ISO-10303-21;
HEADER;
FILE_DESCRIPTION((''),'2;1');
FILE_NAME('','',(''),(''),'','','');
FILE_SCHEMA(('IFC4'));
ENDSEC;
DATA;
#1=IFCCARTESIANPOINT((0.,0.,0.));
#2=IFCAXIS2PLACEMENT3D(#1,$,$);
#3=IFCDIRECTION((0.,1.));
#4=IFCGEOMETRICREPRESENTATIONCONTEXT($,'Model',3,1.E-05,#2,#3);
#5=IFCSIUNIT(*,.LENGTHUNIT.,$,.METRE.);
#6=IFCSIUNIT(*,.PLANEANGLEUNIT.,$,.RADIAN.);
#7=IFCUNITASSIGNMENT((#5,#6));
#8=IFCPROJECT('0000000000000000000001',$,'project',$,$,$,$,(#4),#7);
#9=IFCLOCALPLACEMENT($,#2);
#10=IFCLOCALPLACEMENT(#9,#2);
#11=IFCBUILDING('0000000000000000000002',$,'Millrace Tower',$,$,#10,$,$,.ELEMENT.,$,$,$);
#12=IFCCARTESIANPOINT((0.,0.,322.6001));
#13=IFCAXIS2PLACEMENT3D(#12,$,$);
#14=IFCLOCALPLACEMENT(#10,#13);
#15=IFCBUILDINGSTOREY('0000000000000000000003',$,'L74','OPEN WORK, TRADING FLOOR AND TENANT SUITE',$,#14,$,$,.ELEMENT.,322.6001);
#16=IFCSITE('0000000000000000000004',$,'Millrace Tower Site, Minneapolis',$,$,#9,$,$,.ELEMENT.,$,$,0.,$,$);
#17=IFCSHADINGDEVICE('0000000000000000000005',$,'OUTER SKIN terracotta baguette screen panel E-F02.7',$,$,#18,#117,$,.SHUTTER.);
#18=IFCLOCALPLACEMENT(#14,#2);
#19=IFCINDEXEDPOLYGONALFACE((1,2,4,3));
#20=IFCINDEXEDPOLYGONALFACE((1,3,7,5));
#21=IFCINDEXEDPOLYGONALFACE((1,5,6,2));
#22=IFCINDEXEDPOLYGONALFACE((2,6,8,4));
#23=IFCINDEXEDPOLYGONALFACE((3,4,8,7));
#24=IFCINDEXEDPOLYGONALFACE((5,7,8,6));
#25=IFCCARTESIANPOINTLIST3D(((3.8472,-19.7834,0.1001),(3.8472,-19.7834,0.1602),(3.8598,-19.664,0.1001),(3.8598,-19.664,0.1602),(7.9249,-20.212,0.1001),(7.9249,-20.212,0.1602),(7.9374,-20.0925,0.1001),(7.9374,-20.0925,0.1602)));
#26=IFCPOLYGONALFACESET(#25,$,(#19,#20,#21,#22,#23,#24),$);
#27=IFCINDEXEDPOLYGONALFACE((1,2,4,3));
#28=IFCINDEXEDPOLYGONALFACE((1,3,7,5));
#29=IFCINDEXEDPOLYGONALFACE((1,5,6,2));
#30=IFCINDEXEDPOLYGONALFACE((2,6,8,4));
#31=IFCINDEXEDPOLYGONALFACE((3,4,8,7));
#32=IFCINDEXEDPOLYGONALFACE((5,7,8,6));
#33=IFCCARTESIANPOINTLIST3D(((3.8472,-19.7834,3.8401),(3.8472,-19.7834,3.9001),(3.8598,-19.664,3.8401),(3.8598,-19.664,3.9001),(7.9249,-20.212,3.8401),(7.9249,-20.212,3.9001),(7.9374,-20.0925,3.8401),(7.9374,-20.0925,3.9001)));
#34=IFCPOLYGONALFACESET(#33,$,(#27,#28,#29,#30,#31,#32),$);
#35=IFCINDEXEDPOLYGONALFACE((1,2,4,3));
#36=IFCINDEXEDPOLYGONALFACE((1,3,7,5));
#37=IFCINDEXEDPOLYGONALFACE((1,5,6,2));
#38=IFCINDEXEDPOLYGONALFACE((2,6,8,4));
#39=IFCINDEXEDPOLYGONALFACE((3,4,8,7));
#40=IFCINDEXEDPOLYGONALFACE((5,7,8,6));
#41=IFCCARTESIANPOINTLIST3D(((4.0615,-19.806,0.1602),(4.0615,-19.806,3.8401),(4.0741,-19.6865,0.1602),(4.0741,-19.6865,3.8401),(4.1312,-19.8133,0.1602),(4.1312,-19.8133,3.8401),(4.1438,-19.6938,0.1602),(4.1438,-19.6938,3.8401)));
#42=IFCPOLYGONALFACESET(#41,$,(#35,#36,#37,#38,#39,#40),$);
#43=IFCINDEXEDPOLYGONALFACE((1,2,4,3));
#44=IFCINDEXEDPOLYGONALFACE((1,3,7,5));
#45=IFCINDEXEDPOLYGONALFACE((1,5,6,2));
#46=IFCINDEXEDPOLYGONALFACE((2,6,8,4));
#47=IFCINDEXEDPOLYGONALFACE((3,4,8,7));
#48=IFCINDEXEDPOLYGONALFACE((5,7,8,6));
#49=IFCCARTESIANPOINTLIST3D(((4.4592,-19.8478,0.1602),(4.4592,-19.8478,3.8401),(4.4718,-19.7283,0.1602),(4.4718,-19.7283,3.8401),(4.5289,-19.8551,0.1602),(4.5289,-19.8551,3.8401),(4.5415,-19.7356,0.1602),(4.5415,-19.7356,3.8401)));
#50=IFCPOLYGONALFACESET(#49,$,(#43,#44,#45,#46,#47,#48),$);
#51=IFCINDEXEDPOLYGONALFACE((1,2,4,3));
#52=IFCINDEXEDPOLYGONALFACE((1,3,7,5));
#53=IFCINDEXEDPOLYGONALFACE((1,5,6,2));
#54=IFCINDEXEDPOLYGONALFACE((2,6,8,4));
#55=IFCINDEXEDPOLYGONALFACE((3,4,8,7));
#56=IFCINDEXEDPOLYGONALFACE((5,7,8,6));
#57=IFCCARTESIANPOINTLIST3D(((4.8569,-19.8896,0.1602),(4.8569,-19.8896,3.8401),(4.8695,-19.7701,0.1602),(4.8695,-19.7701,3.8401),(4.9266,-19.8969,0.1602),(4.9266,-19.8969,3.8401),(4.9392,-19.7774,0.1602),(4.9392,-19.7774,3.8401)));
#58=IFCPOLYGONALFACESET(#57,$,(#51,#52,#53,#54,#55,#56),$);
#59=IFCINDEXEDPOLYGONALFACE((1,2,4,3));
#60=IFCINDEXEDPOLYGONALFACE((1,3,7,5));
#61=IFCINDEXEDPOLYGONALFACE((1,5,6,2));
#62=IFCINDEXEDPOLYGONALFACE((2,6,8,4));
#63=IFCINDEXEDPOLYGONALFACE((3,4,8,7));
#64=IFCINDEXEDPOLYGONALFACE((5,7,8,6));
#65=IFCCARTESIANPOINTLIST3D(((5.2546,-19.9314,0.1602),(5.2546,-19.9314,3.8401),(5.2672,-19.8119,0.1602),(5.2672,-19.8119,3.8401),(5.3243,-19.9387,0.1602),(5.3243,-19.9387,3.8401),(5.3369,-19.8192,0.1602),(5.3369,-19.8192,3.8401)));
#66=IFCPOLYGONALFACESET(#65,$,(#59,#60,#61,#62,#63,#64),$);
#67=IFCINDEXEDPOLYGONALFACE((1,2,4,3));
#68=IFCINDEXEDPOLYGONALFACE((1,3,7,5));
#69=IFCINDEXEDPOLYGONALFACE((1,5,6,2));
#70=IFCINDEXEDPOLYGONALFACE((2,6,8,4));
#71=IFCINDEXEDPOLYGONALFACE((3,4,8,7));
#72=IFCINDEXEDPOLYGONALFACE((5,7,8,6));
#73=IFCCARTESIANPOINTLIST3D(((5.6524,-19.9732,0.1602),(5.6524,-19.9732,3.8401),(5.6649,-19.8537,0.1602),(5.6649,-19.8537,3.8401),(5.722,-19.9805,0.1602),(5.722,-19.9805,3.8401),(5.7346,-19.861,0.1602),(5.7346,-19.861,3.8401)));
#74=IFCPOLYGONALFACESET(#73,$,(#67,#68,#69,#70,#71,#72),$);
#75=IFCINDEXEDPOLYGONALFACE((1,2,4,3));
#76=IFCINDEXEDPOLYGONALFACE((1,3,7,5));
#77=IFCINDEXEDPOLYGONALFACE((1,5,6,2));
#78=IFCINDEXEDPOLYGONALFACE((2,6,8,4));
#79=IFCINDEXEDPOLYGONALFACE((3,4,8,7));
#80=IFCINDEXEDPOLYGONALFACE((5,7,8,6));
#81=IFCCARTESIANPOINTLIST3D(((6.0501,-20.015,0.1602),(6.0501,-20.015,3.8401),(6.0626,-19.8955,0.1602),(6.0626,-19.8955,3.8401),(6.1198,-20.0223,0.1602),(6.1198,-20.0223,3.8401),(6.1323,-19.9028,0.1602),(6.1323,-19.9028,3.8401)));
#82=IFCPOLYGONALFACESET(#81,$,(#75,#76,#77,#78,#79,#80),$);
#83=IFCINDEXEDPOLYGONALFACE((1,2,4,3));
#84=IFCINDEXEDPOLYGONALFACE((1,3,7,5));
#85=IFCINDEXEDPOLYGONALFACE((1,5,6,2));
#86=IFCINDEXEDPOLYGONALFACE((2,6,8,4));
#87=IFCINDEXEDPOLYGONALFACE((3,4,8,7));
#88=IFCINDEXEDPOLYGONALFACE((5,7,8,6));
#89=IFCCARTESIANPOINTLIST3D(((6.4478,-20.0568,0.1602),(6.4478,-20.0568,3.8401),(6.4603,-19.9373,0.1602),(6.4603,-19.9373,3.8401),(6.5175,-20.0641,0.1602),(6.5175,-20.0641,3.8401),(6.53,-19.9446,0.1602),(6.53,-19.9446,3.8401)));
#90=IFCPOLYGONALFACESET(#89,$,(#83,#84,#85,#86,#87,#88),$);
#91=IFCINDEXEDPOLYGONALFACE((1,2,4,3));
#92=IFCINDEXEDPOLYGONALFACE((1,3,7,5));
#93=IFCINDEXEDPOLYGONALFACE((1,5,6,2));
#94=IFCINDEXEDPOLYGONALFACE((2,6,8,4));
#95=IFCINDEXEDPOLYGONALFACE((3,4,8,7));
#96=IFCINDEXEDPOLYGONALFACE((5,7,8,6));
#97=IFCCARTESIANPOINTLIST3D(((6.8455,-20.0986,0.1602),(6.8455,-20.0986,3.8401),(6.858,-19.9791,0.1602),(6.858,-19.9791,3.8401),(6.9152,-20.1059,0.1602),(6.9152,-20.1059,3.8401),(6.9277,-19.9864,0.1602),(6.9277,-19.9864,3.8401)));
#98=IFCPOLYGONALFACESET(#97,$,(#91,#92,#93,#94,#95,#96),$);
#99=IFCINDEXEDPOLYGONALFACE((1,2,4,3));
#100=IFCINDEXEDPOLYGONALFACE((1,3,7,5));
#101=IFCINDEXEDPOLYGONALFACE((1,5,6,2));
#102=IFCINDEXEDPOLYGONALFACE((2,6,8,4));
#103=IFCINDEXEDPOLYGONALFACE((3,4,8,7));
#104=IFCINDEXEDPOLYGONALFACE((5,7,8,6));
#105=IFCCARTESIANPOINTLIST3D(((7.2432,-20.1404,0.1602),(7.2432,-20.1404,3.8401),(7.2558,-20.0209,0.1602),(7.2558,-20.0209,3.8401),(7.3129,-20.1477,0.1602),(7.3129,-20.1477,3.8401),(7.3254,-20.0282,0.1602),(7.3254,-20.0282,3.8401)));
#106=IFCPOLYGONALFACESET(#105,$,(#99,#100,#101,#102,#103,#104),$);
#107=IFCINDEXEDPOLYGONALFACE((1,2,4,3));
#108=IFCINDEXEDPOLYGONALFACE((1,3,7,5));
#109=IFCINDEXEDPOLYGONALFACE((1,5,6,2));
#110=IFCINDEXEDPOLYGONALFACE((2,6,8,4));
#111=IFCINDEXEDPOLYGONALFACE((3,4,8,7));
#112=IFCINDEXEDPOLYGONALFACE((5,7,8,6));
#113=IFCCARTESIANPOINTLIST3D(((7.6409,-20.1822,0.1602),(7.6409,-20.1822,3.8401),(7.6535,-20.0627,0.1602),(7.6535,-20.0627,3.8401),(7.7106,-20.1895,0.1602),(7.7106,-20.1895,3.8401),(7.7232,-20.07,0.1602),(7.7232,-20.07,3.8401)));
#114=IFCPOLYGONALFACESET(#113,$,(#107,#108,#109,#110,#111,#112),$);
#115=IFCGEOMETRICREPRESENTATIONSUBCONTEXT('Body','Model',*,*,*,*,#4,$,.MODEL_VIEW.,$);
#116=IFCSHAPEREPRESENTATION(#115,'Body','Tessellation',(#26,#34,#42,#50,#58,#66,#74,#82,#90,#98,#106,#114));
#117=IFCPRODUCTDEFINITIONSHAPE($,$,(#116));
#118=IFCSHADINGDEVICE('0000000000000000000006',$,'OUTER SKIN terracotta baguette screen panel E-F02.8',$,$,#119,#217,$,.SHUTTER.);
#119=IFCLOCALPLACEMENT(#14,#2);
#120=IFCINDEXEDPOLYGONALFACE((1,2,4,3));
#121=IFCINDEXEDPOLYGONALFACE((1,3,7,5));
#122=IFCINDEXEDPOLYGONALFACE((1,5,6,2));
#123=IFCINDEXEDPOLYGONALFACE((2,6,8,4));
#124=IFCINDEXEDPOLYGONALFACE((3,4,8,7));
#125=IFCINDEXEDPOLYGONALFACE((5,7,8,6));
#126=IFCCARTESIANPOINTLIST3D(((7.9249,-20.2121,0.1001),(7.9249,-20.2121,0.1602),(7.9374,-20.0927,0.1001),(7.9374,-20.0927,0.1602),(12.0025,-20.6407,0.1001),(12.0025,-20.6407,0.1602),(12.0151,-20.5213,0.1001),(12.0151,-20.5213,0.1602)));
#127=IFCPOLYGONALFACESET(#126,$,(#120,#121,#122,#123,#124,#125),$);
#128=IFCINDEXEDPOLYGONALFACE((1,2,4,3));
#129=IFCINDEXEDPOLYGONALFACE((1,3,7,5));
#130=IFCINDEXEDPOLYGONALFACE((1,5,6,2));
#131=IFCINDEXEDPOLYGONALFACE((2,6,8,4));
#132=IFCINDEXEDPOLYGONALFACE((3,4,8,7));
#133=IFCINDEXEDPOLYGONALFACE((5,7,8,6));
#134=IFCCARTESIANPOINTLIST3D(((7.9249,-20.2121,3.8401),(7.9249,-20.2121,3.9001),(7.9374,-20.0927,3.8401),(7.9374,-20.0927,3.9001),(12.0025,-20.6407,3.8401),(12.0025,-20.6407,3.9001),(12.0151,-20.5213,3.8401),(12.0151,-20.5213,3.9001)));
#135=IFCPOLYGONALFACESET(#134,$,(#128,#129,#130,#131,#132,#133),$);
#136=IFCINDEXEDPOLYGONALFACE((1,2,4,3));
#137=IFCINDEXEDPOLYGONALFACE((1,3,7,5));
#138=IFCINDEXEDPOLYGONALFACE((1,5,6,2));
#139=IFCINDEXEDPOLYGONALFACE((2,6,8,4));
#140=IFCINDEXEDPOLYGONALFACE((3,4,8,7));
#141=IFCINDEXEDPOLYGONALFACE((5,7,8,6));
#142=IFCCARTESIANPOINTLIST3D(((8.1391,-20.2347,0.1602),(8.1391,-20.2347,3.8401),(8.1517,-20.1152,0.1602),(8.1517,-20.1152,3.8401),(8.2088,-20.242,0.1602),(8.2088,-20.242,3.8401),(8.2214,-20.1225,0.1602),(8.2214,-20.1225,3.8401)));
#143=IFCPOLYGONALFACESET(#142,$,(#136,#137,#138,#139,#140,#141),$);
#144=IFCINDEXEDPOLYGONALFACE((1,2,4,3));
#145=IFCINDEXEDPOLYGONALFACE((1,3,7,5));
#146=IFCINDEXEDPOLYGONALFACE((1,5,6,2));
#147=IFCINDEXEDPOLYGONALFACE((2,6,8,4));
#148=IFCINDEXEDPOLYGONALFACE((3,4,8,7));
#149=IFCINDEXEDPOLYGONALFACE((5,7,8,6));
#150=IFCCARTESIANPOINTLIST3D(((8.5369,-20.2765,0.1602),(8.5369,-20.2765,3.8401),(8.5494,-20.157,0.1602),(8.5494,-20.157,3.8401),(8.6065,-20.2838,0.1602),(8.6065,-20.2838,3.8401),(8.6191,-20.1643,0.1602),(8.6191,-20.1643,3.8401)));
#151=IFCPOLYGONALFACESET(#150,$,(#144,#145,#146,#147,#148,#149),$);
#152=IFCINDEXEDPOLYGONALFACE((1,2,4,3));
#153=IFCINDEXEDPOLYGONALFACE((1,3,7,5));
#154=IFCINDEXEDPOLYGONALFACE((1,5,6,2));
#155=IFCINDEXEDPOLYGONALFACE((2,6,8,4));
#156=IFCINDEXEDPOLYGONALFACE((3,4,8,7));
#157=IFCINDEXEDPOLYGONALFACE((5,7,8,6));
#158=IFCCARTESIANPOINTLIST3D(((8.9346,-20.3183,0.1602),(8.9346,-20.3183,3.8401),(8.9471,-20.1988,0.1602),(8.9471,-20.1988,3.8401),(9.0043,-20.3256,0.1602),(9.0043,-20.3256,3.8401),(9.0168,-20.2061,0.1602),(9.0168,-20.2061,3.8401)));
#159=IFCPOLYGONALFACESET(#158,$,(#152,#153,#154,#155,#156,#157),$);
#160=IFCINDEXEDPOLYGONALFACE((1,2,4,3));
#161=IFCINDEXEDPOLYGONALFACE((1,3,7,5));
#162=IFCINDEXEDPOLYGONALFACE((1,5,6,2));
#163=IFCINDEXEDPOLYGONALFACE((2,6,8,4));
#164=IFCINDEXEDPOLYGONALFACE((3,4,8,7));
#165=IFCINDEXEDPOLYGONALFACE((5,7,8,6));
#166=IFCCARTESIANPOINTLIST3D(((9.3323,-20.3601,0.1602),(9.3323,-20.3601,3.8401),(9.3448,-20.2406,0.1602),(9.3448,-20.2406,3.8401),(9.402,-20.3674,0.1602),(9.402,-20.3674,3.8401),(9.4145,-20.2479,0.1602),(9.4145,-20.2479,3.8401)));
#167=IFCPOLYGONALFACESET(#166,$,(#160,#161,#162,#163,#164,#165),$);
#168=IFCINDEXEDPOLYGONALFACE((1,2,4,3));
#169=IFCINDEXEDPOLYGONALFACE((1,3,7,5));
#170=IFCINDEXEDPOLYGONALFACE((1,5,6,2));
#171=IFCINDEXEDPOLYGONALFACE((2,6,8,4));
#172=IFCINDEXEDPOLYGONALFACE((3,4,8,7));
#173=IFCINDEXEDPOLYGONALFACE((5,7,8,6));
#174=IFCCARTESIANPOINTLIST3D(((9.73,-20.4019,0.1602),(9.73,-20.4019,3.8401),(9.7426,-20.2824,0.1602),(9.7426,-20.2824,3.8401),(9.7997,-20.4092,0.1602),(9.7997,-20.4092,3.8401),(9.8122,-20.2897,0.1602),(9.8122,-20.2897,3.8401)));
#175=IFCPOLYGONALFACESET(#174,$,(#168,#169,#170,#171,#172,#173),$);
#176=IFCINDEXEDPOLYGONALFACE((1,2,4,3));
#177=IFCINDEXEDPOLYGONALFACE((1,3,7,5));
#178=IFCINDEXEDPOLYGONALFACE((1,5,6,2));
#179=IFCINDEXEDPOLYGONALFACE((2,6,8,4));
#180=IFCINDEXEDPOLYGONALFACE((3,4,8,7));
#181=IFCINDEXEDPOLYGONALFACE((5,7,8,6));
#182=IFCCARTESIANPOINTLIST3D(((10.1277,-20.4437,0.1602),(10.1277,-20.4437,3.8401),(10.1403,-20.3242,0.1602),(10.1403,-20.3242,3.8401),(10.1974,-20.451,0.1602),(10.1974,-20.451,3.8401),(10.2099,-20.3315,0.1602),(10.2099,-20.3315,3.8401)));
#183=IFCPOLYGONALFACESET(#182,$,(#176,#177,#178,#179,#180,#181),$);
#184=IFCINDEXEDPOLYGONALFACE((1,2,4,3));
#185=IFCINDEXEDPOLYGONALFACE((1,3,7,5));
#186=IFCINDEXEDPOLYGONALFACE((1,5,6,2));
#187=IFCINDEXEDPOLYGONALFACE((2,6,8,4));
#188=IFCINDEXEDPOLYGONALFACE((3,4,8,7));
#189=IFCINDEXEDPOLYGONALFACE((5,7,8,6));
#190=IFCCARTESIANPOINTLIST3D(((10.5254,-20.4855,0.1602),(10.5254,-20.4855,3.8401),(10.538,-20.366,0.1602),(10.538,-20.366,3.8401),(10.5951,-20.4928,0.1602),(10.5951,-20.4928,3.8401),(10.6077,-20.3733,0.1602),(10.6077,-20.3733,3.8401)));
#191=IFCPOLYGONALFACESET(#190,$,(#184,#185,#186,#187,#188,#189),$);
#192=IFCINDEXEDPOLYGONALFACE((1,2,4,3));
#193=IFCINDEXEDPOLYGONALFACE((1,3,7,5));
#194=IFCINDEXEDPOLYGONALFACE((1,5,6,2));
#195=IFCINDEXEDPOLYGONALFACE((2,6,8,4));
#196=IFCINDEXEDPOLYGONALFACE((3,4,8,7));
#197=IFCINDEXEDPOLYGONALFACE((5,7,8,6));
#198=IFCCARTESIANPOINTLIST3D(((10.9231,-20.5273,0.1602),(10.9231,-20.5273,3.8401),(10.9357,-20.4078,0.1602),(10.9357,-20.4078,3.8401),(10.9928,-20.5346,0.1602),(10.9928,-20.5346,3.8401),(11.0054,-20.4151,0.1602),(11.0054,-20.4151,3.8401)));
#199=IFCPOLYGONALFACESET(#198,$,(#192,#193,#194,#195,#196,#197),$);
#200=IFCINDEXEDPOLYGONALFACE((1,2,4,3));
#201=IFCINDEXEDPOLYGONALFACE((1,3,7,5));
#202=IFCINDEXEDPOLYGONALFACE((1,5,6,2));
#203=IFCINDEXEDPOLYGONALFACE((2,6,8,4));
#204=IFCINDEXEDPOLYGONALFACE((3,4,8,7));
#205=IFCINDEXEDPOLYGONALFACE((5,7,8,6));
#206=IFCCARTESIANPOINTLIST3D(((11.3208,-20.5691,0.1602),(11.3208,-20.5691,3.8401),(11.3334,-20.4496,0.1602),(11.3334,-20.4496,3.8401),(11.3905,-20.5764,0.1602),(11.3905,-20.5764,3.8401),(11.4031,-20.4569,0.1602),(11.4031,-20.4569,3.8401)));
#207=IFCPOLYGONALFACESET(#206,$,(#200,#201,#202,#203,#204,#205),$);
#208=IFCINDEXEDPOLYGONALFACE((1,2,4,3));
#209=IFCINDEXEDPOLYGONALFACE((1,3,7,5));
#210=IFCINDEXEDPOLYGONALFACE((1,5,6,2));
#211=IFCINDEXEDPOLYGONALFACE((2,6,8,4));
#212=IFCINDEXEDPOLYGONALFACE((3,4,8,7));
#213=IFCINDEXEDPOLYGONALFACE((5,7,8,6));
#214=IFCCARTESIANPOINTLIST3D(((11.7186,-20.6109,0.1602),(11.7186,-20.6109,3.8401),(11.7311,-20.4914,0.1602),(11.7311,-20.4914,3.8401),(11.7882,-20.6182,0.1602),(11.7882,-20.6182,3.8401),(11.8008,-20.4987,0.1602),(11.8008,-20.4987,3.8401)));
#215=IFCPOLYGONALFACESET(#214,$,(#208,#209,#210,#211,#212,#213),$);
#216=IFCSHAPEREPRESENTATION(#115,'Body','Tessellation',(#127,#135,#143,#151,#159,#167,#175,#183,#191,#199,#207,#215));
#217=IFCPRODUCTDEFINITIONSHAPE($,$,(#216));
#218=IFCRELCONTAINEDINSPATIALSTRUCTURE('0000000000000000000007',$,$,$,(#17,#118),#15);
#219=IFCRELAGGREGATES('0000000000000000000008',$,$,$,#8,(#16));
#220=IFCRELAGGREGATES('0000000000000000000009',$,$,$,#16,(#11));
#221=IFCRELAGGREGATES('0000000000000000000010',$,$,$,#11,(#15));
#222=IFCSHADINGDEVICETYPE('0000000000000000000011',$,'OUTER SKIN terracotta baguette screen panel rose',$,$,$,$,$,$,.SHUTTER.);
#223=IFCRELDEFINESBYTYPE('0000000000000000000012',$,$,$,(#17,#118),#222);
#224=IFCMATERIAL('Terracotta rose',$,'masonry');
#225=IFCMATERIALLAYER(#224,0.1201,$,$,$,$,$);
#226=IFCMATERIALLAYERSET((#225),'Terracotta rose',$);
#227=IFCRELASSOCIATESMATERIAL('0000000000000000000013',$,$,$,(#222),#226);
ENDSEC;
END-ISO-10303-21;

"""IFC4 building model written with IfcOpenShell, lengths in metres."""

from ifc_helpers import new_model, entity, si_unit, direction, frame, frame_2d, origin, place, context, subcontext, project, spatial, rectangle, extrude, source, transform, mapped, material, layer, layer_set, type_object, element, save


model = new_model("IFC4")

# Units and contexts
model_context = context("Model", 3, precision=1e-05, world=origin(), true_north=direction((0.0, 1.0)))
body_context = subcontext(model_context, "Body", "Model", "MODEL_VIEW")
ifc_project = project(units=[si_unit("LENGTHUNIT", "METRE"), si_unit("PLANEANGLEUNIT", "RADIAN")], contexts=[model_context])

# Site, building, storey
site_placement = place(None, origin())
site = spatial("IfcSite", under=ifc_project, at=site_placement, Name="Millrace Tower Site, Minneapolis", CompositionType="ELEMENT", RefElevation=0.0)
building_placement = place(site_placement, origin())
building = spatial("IfcBuilding", under=site, at=building_placement, Name="Millrace Tower", CompositionType="ELEMENT")
storey_placement = place(building_placement, frame((0.0, 0.0, 322.6001)))
storey = spatial("IfcBuildingStorey", under=building, at=storey_placement, Name="L74", Description="OPEN WORK, TRADING FLOOR AND TENANT SUITE", CompositionType="ELEMENT", Elevation=322.6001)

# Shading devices
ifc_material_1 = material(Name="Terracotta rose", Category="masonry")
ifc_layer_1 = layer(ifc_material_1, 0.1201)
ifc_layer_set_1 = layer_set([ifc_layer_1], Name="Terracotta rose")
shading_device_type = type_object("IfcShadingDeviceType", Name="OUTER SKIN terracotta baguette screen panel rose", PredefinedType="SHUTTER", material=ifc_layer_set_1)
cartesian_point = entity("IfcCartesianPoint", [-2.05, 0.0601])
shared_polyline = entity("IfcPolyline", [cartesian_point, entity("IfcCartesianPoint", [2.05, 0.0601]), entity("IfcCartesianPoint", [2.05, -0.0601]), entity("IfcCartesianPoint", [-2.05, -0.0601]), cartesian_point])
shared_shape = source(origin(), body_context, "Body", "SweptSolid", [
    entity("IfcExtrudedAreaSolid", entity("IfcArbitraryClosedProfileDef", "AREA", None, shared_polyline), entity("IfcAxis2Placement3D", entity("IfcCartesianPoint", [0.0, 0.0, 0.0])), entity("IfcDirection", [0.0, 0.0, 1.0]), 0.0601),
    entity("IfcExtrudedAreaSolid", entity("IfcArbitraryClosedProfileDef", "AREA", None, shared_polyline), entity("IfcAxis2Placement3D", entity("IfcCartesianPoint", [0.0, 0.0, 3.74])), entity("IfcDirection", [0.0, 0.0, 1.0]), 0.0601),
    extrude(rectangle(XDim=0.0701, YDim=0.1201, at=frame_2d((-1.7996, 0.0))), frame((0.0, 0.0, 0.0601)), (0.0, 0.0, 1.0), 3.6799),
    extrude(rectangle(XDim=0.0701, YDim=0.1201, at=frame_2d((-1.3997, 0.0))), frame((0.0, 0.0, 0.0601)), (0.0, 0.0, 1.0), 3.6799),
    extrude(rectangle(XDim=0.0701, YDim=0.1201, at=frame_2d((-0.9998, 0.0))), frame((0.0, 0.0, 0.0601)), (0.0, 0.0, 1.0), 3.6799),
    extrude(rectangle(XDim=0.0701, YDim=0.1201, at=frame_2d((-0.5999, 0.0))), frame((0.0, 0.0, 0.0601)), (0.0, 0.0, 1.0), 3.6799),
    extrude(rectangle(XDim=0.0701, YDim=0.1201, at=frame_2d((-0.2, 0.0))), frame((0.0, 0.0, 0.0601)), (0.0, 0.0, 1.0), 3.6799),
    extrude(rectangle(XDim=0.0701, YDim=0.1201, at=frame_2d((0.2, 0.0))), frame((0.0, 0.0, 0.0601)), (0.0, 0.0, 1.0), 3.6799),
    extrude(rectangle(XDim=0.0701, YDim=0.1201, at=frame_2d((0.5999, 0.0))), frame((0.0, 0.0, 0.0601)), (0.0, 0.0, 1.0), 3.6799),
    extrude(rectangle(XDim=0.0701, YDim=0.1201, at=frame_2d((0.9998, 0.0))), frame((0.0, 0.0, 0.0601)), (0.0, 0.0, 1.0), 3.6799),
    extrude(rectangle(XDim=0.0701, YDim=0.1201, at=frame_2d((1.3997, 0.0))), frame((0.0, 0.0, 0.0601)), (0.0, 0.0, 1.0), 3.6799),
    extrude(rectangle(XDim=0.0701, YDim=0.1201, at=frame_2d((1.7996, 0.0))), frame((0.0, 0.0, 0.0601)), (0.0, 0.0, 1.0), 3.6799),
])
for number, where, z_axis, x_axis, name in (
    (1, (5.8923, -19.938, 0.1001), (0.0, 0.0, 1.0), (0.994522, -0.104528, 0.0), "OUTER SKIN terracotta baguette screen panel E-F02.7"),
    (2, (9.97, -20.3667, 0.1001), (0.0, 0.0, 1.0), (0.994522, -0.104528, 0.0), "OUTER SKIN terracotta baguette screen panel E-F02.8"),
):
    element("IfcShadingDevice", number, at=place(storey_placement, frame(where, z_axis=z_axis, x_axis=x_axis)), inside=storey, type_object=shading_device_type, Name=name, PredefinedType="SHUTTER", context=body_context, shape_type="MappedRepresentation", body=[
        mapped(shared_shape, transform((0.0, 0.0, 0.0), scale=1.0)),
    ])

save(model, "model.ifc")
